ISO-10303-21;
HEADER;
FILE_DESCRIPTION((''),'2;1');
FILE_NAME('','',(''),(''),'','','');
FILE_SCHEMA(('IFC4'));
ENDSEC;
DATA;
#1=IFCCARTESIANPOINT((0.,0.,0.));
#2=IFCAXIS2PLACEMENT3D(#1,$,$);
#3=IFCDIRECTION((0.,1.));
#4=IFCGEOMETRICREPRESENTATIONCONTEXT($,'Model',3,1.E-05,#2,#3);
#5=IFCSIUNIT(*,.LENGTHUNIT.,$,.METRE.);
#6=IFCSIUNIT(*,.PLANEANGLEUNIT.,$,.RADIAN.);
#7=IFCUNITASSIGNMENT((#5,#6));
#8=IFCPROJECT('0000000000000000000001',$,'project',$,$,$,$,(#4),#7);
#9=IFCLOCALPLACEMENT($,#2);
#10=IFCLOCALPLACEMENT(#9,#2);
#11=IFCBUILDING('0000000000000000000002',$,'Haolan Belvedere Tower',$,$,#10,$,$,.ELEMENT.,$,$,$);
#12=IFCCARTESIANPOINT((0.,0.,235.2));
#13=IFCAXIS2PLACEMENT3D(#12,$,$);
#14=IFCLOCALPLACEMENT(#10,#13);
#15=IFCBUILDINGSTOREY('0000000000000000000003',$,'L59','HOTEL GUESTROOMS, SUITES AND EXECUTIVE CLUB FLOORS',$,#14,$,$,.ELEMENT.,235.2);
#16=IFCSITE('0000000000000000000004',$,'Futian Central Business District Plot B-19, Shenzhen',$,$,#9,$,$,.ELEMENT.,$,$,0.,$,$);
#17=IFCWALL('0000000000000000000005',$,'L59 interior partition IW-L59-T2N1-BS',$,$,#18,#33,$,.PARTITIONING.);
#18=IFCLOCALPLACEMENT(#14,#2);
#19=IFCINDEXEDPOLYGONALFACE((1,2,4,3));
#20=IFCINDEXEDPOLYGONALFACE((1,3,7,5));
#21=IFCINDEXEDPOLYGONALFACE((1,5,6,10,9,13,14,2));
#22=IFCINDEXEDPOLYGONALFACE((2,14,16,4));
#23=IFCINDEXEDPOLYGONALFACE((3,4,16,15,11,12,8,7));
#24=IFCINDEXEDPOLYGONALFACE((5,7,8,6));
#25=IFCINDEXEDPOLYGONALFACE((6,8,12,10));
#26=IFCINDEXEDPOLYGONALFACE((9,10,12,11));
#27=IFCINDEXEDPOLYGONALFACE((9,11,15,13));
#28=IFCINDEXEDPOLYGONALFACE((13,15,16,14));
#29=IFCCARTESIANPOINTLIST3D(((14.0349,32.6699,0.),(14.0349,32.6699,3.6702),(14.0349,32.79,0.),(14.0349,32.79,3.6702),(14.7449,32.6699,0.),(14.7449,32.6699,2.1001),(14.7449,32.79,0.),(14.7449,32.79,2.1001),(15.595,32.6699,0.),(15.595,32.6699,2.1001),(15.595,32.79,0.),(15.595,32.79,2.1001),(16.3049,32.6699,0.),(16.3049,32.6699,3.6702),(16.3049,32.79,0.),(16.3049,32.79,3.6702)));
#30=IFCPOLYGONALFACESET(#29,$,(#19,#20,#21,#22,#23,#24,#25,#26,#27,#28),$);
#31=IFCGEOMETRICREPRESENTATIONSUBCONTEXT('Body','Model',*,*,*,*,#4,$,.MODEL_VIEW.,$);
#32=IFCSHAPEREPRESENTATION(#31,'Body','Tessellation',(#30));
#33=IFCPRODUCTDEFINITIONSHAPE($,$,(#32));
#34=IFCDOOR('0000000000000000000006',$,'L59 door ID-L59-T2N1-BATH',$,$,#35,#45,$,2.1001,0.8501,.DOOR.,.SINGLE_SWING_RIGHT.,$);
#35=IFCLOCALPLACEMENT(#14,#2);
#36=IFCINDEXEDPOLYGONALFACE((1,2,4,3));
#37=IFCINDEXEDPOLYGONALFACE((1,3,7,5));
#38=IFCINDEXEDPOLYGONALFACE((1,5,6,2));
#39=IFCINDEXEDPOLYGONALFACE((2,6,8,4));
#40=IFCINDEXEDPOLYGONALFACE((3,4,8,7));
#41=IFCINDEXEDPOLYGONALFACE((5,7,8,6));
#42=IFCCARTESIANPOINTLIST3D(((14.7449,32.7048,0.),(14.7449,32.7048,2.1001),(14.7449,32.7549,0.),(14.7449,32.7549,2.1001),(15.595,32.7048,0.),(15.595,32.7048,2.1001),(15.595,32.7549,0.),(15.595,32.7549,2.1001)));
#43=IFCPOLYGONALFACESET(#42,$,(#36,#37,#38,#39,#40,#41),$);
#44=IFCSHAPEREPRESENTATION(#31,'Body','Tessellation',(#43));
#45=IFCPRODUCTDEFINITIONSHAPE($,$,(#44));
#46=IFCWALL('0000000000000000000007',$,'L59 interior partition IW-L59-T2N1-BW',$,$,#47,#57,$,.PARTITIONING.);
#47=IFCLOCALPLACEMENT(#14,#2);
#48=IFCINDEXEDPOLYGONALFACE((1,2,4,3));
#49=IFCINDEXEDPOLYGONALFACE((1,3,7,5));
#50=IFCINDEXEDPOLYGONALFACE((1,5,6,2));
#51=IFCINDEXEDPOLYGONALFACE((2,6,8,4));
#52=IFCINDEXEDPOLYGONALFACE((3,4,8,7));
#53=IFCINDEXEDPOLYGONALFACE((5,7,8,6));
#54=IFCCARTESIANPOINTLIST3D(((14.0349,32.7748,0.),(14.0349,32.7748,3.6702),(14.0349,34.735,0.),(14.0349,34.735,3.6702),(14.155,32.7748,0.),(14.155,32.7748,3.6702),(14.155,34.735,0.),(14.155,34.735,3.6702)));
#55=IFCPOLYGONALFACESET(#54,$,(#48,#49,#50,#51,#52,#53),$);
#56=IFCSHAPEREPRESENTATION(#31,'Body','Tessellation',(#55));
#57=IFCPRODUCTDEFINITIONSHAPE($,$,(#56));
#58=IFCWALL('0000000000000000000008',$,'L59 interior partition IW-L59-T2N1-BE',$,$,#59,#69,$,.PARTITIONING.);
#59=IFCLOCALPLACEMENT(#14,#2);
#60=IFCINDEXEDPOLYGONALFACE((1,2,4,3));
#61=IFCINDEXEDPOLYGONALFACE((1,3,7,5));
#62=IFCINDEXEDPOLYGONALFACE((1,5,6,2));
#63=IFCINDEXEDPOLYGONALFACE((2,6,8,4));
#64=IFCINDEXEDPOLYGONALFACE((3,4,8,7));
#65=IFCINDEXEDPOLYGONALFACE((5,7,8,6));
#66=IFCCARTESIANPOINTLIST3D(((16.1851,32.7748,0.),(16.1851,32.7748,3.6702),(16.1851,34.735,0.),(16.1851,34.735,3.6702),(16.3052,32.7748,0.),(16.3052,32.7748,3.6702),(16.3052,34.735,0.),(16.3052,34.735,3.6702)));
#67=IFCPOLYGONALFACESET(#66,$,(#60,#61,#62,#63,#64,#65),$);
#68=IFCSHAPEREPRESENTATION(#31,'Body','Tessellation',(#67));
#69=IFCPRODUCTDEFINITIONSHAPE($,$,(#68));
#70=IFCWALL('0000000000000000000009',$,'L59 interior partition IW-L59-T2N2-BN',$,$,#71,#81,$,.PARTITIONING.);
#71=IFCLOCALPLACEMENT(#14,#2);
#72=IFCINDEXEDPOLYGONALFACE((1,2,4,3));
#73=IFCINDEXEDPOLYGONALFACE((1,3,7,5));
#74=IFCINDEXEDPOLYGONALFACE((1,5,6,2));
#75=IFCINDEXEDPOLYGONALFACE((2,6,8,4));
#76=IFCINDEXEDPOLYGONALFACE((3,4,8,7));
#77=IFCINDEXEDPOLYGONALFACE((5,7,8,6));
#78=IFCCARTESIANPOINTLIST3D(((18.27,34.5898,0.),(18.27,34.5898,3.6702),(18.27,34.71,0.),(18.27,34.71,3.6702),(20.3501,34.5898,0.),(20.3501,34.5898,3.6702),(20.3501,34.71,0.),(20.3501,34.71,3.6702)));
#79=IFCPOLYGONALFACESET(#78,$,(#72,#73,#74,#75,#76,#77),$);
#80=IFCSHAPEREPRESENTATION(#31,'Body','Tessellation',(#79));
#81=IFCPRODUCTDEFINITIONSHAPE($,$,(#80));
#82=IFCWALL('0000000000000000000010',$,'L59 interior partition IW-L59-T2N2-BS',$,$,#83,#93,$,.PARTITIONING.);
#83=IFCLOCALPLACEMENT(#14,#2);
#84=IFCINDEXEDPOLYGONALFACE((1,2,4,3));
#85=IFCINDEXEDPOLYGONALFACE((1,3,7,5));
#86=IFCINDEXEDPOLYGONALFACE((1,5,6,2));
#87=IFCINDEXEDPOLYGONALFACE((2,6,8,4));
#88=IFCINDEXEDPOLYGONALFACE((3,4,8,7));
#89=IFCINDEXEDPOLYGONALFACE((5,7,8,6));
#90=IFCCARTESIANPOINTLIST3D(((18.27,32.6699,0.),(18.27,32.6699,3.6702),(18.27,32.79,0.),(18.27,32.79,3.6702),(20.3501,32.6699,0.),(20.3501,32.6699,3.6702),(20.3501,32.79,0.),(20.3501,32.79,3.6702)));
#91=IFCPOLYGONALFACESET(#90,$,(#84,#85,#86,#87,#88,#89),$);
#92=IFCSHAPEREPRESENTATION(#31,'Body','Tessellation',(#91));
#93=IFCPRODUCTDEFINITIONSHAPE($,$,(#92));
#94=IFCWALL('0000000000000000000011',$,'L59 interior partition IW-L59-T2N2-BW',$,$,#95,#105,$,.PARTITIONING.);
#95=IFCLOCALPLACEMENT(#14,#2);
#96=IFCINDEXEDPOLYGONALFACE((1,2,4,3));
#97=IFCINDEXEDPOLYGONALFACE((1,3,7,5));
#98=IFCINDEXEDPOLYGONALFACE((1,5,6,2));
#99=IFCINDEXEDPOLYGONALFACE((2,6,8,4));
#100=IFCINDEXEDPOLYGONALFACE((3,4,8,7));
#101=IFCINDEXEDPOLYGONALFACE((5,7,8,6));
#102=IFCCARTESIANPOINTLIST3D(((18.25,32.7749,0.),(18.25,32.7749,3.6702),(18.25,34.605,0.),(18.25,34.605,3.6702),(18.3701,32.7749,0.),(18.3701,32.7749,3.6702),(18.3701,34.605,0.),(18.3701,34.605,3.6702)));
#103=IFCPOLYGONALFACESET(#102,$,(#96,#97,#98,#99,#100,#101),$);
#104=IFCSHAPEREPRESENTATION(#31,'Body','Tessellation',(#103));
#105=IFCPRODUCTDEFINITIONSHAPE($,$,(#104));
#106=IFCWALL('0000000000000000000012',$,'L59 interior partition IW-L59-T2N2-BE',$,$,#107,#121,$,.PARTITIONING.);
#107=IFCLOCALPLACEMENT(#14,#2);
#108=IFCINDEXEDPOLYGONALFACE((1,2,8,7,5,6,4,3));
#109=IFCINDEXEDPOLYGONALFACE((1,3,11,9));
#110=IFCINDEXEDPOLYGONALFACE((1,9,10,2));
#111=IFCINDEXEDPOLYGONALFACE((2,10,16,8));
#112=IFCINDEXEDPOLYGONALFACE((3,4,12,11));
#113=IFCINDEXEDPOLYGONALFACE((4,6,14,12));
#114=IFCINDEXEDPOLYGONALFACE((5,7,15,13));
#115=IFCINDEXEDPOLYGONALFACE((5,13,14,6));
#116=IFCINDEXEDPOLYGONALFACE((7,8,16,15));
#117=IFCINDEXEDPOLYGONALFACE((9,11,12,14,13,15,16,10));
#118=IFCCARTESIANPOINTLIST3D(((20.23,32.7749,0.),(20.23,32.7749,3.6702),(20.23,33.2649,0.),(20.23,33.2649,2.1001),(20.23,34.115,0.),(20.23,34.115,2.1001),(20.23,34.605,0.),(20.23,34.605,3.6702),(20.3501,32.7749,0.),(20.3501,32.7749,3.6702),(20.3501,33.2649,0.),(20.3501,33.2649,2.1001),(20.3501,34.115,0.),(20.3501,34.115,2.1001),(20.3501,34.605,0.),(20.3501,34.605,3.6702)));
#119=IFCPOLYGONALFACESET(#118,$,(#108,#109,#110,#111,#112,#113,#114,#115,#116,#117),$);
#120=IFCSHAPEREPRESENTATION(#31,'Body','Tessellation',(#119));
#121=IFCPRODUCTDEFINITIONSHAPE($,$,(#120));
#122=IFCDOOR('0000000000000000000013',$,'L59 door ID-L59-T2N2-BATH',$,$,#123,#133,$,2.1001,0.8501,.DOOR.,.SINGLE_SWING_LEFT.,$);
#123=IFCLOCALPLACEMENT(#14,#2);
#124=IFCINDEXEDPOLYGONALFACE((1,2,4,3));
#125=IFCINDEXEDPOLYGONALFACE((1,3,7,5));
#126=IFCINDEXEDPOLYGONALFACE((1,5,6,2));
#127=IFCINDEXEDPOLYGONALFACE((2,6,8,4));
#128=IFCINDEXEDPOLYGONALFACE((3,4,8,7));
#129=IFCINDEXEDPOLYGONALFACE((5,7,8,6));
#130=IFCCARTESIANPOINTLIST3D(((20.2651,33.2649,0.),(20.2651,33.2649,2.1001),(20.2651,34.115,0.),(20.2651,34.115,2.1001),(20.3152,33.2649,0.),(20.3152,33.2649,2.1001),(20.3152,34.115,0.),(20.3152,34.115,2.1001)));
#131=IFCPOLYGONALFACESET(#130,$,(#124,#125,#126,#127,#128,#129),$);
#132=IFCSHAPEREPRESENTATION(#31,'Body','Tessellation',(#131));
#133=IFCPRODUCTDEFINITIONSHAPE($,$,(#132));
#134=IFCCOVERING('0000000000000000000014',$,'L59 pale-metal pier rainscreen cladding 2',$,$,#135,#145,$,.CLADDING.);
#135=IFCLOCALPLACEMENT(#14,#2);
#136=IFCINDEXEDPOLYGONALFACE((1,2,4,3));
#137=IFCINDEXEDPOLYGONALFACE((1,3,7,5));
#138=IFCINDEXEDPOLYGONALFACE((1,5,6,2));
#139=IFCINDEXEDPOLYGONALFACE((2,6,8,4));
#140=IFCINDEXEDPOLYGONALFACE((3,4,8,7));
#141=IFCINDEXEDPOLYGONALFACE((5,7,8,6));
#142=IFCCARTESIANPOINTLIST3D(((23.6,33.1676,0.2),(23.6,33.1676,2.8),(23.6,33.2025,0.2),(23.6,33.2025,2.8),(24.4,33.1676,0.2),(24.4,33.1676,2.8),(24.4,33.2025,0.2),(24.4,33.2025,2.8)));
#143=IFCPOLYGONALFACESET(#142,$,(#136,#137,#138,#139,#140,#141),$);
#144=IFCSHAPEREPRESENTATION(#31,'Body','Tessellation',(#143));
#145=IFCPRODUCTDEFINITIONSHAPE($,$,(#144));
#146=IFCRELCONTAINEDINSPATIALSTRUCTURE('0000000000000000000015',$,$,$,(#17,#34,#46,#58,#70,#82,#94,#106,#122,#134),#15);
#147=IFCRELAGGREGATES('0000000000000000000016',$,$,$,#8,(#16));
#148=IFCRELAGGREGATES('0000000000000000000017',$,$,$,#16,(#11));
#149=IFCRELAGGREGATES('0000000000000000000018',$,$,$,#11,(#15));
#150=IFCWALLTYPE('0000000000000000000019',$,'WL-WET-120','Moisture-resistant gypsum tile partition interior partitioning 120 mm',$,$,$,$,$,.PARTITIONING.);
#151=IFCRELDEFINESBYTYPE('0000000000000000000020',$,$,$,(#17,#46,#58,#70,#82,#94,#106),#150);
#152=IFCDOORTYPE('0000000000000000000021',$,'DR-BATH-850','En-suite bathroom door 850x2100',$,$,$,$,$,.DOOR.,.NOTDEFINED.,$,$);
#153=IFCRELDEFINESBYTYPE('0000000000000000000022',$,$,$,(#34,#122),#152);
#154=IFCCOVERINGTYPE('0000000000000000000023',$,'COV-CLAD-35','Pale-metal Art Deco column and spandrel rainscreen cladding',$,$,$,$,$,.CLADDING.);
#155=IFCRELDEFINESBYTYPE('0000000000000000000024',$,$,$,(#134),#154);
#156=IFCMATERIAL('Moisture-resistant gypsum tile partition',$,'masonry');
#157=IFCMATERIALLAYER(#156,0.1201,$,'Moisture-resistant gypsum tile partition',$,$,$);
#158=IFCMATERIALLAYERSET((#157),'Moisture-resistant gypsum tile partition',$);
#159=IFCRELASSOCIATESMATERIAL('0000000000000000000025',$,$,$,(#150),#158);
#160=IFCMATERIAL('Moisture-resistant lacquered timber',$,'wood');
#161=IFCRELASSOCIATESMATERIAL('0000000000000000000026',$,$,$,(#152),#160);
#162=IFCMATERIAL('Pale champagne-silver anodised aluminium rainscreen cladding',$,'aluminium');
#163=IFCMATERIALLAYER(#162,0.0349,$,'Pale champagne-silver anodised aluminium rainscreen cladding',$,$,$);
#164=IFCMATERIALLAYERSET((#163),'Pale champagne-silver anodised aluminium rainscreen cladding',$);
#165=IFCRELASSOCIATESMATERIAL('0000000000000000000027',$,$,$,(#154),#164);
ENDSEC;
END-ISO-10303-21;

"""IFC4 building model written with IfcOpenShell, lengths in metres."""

from ifc_helpers import new_model, si_unit, direction, frame, frame_2d, origin, origin_2d, place, context, subcontext, project, spatial, rectangle, extrude, material, layer, layer_set, type_object, element, fill, save


model = new_model("IFC4")

# Units and contexts
model_context = context("Model", 3, precision=1e-05, world=origin(), true_north=direction((0.0, 1.0)))
body_context = subcontext(model_context, "Body", "Model", "MODEL_VIEW")
ifc_project = project(units=[si_unit("LENGTHUNIT", "METRE"), si_unit("PLANEANGLEUNIT", "RADIAN")], contexts=[model_context])

# Site, building, storey
site_placement = place(None, origin())
site = spatial("IfcSite", under=ifc_project, at=site_placement, Name="Futian Central Business District Plot B-19, Shenzhen", CompositionType="ELEMENT", RefElevation=0.0)
building_placement = place(site_placement, origin())
building = spatial("IfcBuilding", under=site, at=building_placement, Name="Haolan Belvedere Tower", CompositionType="ELEMENT")
storey_placement = place(building_placement, frame((0.0, 0.0, 235.2)))
storey = spatial("IfcBuildingStorey", under=building, at=storey_placement, Name="L59", Description="HOTEL GUESTROOMS, SUITES AND EXECUTIVE CLUB FLOORS", CompositionType="ELEMENT", Elevation=235.2)

# Shared definitions
ifc_material_1 = material(Name="Moisture-resistant gypsum tile partition", Category="masonry")
ifc_layer_1 = layer(ifc_material_1, 0.1201, Name="Moisture-resistant gypsum tile partition")
ifc_layer_set_1 = layer_set([ifc_layer_1], Name="Moisture-resistant gypsum tile partition")
wall_type_1 = type_object("IfcWallType", Name="WL-WET-120", Description="Moisture-resistant gypsum tile partition interior partitioning 120 mm", PredefinedType="PARTITIONING", material=ifc_layer_set_1)

# Wall, opening, door
wall_1_placement = place(storey_placement, frame((14.0349, 32.73, 0.0), z_axis=(0.0, 0.0, 1.0), x_axis=(1.0, 0.0, 0.0)))
wall_1 = element("IfcWall", 1, at=wall_1_placement, inside=storey, type_object=wall_type_1, Name="L59 interior partition IW-L59-T2N1-BS", PredefinedType="PARTITIONING", context=body_context, shape_type="SweptSolid", body=[
    extrude(rectangle(XDim=2.27, YDim=0.1201, at=frame_2d((1.135, 0.0))), origin(), (0.0, 0.0, 1.0), 3.6702),
])
opening_1_placement = place(wall_1_placement, frame((0.71, 0.0, 0.0)))
opening_1 = element("IfcOpeningElement", 2, at=opening_1_placement, cuts=wall_1, PredefinedType="OPENING", context=body_context, shape_type="SweptSolid", body=[
    extrude(rectangle(XDim=0.8501, YDim=2.1001, at=frame_2d((0.425, 1.05))), frame((0.0, 0.0701, 0.0), z_axis=(0.0, -1.0, 0.0), x_axis=(1.0, 0.0, 0.0)), (0.0, 0.0, 1.0), 0.1401),
])
ifc_material_2 = material(Name="Moisture-resistant lacquered timber", Category="wood")
door_type_1 = type_object("IfcDoorType", Name="DR-BATH-850", Description="En-suite bathroom door 850x2100", OperationType="NOTDEFINED", PredefinedType="DOOR", material=ifc_material_2)
door_1_placement = place(opening_1_placement, origin())
door_1 = element("IfcDoor", 3, at=door_1_placement, inside=storey, type_object=door_type_1, Name="L59 door ID-L59-T2N1-BATH", OperationType="SINGLE_SWING_RIGHT", OverallHeight=2.1001, OverallWidth=0.8501, PredefinedType="DOOR", context=body_context, shape_type="SweptSolid", body=[
    extrude(rectangle(XDim=0.8501, YDim=2.1001, at=frame_2d((0.425, 1.05))), frame((0.0, 0.0249, 0.0), z_axis=(0.0, -1.0, 0.0), x_axis=(1.0, 0.0, 0.0)), (0.0, 0.0, 1.0), 0.05),
])
fill(opening_1, door_1)

# Walls
for number, where, z_axis, x_axis, name in (
    (4, (14.095, 32.7749, 0.0), (0.0, 0.0, 1.0), (0.0, 1.0, 0.0), "L59 interior partition IW-L59-T2N1-BW"),
    (5, (16.2451, 32.7749, 0.0), (0.0, 0.0, 1.0), (0.0, 1.0, 0.0), "L59 interior partition IW-L59-T2N1-BE"),
):
    element("IfcWall", number, at=place(storey_placement, frame(where, z_axis=z_axis, x_axis=x_axis)), inside=storey, type_object=wall_type_1, Name=name, PredefinedType="PARTITIONING", context=body_context, shape_type="SweptSolid", body=[
        extrude(rectangle(XDim=1.9602, YDim=0.1201, at=frame_2d((0.98, 0.0))), origin(), (0.0, 0.0, 1.0), 3.6702),
    ])
for number, where, z_axis, x_axis, name in (
    (6, (18.27, 34.6499, 0.0), (0.0, 0.0, 1.0), (1.0, 0.0, 0.0), "L59 interior partition IW-L59-T2N2-BN"),
    (7, (18.27, 32.73, 0.0), (0.0, 0.0, 1.0), (1.0, 0.0, 0.0), "L59 interior partition IW-L59-T2N2-BS"),
):
    element("IfcWall", number, at=place(storey_placement, frame(where, z_axis=z_axis, x_axis=x_axis)), inside=storey, type_object=wall_type_1, Name=name, PredefinedType="PARTITIONING", context=body_context, shape_type="SweptSolid", body=[
        extrude(rectangle(XDim=2.0801, YDim=0.1201, at=frame_2d((1.04, 0.0))), origin(), (0.0, 0.0, 1.0), 3.6702),
    ])
wall_2_placement = place(storey_placement, frame((18.3101, 32.7749, 0.0), z_axis=(0.0, 0.0, 1.0), x_axis=(0.0, 1.0, 0.0)))
element("IfcWall", 8, at=wall_2_placement, inside=storey, type_object=wall_type_1, Name="L59 interior partition IW-L59-T2N2-BW", PredefinedType="PARTITIONING", context=body_context, shape_type="SweptSolid", body=[
    extrude(rectangle(XDim=1.8301, YDim=0.1201, at=frame_2d((0.915, 0.0))), origin(), (0.0, 0.0, 1.0), 3.6702),
])

# Wall, opening, door
wall_3_placement = place(storey_placement, frame((20.29, 32.7749, 0.0), z_axis=(0.0, 0.0, 1.0), x_axis=(0.0, 1.0, 0.0)))
wall_3 = element("IfcWall", 9, at=wall_3_placement, inside=storey, type_object=wall_type_1, Name="L59 interior partition IW-L59-T2N2-BE", PredefinedType="PARTITIONING", context=body_context, shape_type="SweptSolid", body=[
    extrude(rectangle(XDim=1.8301, YDim=0.1201, at=frame_2d((0.915, 0.0))), origin(), (0.0, 0.0, 1.0), 3.6702),
])
opening_2_placement = place(wall_3_placement, frame((0.49, 0.0, 0.0)))
opening_2 = element("IfcOpeningElement", 10, at=opening_2_placement, cuts=wall_3, PredefinedType="OPENING", context=body_context, shape_type="SweptSolid", body=[
    extrude(rectangle(XDim=0.8501, YDim=2.1001, at=frame_2d((0.425, 1.05))), frame((0.0, 0.0701, 0.0), z_axis=(0.0, -1.0, 0.0), x_axis=(1.0, 0.0, 0.0)), (0.0, 0.0, 1.0), 0.1401),
])
door_2_placement = place(opening_2_placement, origin())
door_2 = element("IfcDoor", 11, at=door_2_placement, inside=storey, type_object=door_type_1, Name="L59 door ID-L59-T2N2-BATH", OperationType="SINGLE_SWING_LEFT", OverallHeight=2.1001, OverallWidth=0.8501, PredefinedType="DOOR", context=body_context, shape_type="SweptSolid", body=[
    extrude(rectangle(XDim=0.8501, YDim=2.1001, at=frame_2d((0.425, 1.05))), frame((0.0, 0.0249, 0.0), z_axis=(0.0, -1.0, 0.0), x_axis=(1.0, 0.0, 0.0)), (0.0, 0.0, 1.0), 0.05),
])
fill(opening_2, door_2)

# Covering
ifc_material_3 = material(Name="Pale champagne-silver anodised aluminium rainscreen cladding", Category="aluminium")
ifc_layer_2 = layer(ifc_material_3, 0.0349, Name="Pale champagne-silver anodised aluminium rainscreen cladding")
ifc_layer_set_2 = layer_set([ifc_layer_2], Name="Pale champagne-silver anodised aluminium rainscreen cladding")
covering_type = type_object("IfcCoveringType", Name="COV-CLAD-35", Description="Pale-metal Art Deco column and spandrel rainscreen cladding", PredefinedType="CLADDING", material=ifc_layer_set_2)
covering_placement = place(storey_placement, frame((24.0, 33.1851, 0.2), z_axis=(0.0, 0.0, 1.0), x_axis=(1.0, 0.0, 0.0)))
element("IfcCovering", 12, at=covering_placement, inside=storey, type_object=covering_type, Name="L59 pale-metal pier rainscreen cladding 2", PredefinedType="CLADDING", context=body_context, shape_type="SweptSolid", body=[
    extrude(rectangle(XDim=0.8, YDim=0.0349, at=origin_2d()), origin(), (0.0, 0.0, 1.0), 2.6001),
])

save(model, "model.ifc")
